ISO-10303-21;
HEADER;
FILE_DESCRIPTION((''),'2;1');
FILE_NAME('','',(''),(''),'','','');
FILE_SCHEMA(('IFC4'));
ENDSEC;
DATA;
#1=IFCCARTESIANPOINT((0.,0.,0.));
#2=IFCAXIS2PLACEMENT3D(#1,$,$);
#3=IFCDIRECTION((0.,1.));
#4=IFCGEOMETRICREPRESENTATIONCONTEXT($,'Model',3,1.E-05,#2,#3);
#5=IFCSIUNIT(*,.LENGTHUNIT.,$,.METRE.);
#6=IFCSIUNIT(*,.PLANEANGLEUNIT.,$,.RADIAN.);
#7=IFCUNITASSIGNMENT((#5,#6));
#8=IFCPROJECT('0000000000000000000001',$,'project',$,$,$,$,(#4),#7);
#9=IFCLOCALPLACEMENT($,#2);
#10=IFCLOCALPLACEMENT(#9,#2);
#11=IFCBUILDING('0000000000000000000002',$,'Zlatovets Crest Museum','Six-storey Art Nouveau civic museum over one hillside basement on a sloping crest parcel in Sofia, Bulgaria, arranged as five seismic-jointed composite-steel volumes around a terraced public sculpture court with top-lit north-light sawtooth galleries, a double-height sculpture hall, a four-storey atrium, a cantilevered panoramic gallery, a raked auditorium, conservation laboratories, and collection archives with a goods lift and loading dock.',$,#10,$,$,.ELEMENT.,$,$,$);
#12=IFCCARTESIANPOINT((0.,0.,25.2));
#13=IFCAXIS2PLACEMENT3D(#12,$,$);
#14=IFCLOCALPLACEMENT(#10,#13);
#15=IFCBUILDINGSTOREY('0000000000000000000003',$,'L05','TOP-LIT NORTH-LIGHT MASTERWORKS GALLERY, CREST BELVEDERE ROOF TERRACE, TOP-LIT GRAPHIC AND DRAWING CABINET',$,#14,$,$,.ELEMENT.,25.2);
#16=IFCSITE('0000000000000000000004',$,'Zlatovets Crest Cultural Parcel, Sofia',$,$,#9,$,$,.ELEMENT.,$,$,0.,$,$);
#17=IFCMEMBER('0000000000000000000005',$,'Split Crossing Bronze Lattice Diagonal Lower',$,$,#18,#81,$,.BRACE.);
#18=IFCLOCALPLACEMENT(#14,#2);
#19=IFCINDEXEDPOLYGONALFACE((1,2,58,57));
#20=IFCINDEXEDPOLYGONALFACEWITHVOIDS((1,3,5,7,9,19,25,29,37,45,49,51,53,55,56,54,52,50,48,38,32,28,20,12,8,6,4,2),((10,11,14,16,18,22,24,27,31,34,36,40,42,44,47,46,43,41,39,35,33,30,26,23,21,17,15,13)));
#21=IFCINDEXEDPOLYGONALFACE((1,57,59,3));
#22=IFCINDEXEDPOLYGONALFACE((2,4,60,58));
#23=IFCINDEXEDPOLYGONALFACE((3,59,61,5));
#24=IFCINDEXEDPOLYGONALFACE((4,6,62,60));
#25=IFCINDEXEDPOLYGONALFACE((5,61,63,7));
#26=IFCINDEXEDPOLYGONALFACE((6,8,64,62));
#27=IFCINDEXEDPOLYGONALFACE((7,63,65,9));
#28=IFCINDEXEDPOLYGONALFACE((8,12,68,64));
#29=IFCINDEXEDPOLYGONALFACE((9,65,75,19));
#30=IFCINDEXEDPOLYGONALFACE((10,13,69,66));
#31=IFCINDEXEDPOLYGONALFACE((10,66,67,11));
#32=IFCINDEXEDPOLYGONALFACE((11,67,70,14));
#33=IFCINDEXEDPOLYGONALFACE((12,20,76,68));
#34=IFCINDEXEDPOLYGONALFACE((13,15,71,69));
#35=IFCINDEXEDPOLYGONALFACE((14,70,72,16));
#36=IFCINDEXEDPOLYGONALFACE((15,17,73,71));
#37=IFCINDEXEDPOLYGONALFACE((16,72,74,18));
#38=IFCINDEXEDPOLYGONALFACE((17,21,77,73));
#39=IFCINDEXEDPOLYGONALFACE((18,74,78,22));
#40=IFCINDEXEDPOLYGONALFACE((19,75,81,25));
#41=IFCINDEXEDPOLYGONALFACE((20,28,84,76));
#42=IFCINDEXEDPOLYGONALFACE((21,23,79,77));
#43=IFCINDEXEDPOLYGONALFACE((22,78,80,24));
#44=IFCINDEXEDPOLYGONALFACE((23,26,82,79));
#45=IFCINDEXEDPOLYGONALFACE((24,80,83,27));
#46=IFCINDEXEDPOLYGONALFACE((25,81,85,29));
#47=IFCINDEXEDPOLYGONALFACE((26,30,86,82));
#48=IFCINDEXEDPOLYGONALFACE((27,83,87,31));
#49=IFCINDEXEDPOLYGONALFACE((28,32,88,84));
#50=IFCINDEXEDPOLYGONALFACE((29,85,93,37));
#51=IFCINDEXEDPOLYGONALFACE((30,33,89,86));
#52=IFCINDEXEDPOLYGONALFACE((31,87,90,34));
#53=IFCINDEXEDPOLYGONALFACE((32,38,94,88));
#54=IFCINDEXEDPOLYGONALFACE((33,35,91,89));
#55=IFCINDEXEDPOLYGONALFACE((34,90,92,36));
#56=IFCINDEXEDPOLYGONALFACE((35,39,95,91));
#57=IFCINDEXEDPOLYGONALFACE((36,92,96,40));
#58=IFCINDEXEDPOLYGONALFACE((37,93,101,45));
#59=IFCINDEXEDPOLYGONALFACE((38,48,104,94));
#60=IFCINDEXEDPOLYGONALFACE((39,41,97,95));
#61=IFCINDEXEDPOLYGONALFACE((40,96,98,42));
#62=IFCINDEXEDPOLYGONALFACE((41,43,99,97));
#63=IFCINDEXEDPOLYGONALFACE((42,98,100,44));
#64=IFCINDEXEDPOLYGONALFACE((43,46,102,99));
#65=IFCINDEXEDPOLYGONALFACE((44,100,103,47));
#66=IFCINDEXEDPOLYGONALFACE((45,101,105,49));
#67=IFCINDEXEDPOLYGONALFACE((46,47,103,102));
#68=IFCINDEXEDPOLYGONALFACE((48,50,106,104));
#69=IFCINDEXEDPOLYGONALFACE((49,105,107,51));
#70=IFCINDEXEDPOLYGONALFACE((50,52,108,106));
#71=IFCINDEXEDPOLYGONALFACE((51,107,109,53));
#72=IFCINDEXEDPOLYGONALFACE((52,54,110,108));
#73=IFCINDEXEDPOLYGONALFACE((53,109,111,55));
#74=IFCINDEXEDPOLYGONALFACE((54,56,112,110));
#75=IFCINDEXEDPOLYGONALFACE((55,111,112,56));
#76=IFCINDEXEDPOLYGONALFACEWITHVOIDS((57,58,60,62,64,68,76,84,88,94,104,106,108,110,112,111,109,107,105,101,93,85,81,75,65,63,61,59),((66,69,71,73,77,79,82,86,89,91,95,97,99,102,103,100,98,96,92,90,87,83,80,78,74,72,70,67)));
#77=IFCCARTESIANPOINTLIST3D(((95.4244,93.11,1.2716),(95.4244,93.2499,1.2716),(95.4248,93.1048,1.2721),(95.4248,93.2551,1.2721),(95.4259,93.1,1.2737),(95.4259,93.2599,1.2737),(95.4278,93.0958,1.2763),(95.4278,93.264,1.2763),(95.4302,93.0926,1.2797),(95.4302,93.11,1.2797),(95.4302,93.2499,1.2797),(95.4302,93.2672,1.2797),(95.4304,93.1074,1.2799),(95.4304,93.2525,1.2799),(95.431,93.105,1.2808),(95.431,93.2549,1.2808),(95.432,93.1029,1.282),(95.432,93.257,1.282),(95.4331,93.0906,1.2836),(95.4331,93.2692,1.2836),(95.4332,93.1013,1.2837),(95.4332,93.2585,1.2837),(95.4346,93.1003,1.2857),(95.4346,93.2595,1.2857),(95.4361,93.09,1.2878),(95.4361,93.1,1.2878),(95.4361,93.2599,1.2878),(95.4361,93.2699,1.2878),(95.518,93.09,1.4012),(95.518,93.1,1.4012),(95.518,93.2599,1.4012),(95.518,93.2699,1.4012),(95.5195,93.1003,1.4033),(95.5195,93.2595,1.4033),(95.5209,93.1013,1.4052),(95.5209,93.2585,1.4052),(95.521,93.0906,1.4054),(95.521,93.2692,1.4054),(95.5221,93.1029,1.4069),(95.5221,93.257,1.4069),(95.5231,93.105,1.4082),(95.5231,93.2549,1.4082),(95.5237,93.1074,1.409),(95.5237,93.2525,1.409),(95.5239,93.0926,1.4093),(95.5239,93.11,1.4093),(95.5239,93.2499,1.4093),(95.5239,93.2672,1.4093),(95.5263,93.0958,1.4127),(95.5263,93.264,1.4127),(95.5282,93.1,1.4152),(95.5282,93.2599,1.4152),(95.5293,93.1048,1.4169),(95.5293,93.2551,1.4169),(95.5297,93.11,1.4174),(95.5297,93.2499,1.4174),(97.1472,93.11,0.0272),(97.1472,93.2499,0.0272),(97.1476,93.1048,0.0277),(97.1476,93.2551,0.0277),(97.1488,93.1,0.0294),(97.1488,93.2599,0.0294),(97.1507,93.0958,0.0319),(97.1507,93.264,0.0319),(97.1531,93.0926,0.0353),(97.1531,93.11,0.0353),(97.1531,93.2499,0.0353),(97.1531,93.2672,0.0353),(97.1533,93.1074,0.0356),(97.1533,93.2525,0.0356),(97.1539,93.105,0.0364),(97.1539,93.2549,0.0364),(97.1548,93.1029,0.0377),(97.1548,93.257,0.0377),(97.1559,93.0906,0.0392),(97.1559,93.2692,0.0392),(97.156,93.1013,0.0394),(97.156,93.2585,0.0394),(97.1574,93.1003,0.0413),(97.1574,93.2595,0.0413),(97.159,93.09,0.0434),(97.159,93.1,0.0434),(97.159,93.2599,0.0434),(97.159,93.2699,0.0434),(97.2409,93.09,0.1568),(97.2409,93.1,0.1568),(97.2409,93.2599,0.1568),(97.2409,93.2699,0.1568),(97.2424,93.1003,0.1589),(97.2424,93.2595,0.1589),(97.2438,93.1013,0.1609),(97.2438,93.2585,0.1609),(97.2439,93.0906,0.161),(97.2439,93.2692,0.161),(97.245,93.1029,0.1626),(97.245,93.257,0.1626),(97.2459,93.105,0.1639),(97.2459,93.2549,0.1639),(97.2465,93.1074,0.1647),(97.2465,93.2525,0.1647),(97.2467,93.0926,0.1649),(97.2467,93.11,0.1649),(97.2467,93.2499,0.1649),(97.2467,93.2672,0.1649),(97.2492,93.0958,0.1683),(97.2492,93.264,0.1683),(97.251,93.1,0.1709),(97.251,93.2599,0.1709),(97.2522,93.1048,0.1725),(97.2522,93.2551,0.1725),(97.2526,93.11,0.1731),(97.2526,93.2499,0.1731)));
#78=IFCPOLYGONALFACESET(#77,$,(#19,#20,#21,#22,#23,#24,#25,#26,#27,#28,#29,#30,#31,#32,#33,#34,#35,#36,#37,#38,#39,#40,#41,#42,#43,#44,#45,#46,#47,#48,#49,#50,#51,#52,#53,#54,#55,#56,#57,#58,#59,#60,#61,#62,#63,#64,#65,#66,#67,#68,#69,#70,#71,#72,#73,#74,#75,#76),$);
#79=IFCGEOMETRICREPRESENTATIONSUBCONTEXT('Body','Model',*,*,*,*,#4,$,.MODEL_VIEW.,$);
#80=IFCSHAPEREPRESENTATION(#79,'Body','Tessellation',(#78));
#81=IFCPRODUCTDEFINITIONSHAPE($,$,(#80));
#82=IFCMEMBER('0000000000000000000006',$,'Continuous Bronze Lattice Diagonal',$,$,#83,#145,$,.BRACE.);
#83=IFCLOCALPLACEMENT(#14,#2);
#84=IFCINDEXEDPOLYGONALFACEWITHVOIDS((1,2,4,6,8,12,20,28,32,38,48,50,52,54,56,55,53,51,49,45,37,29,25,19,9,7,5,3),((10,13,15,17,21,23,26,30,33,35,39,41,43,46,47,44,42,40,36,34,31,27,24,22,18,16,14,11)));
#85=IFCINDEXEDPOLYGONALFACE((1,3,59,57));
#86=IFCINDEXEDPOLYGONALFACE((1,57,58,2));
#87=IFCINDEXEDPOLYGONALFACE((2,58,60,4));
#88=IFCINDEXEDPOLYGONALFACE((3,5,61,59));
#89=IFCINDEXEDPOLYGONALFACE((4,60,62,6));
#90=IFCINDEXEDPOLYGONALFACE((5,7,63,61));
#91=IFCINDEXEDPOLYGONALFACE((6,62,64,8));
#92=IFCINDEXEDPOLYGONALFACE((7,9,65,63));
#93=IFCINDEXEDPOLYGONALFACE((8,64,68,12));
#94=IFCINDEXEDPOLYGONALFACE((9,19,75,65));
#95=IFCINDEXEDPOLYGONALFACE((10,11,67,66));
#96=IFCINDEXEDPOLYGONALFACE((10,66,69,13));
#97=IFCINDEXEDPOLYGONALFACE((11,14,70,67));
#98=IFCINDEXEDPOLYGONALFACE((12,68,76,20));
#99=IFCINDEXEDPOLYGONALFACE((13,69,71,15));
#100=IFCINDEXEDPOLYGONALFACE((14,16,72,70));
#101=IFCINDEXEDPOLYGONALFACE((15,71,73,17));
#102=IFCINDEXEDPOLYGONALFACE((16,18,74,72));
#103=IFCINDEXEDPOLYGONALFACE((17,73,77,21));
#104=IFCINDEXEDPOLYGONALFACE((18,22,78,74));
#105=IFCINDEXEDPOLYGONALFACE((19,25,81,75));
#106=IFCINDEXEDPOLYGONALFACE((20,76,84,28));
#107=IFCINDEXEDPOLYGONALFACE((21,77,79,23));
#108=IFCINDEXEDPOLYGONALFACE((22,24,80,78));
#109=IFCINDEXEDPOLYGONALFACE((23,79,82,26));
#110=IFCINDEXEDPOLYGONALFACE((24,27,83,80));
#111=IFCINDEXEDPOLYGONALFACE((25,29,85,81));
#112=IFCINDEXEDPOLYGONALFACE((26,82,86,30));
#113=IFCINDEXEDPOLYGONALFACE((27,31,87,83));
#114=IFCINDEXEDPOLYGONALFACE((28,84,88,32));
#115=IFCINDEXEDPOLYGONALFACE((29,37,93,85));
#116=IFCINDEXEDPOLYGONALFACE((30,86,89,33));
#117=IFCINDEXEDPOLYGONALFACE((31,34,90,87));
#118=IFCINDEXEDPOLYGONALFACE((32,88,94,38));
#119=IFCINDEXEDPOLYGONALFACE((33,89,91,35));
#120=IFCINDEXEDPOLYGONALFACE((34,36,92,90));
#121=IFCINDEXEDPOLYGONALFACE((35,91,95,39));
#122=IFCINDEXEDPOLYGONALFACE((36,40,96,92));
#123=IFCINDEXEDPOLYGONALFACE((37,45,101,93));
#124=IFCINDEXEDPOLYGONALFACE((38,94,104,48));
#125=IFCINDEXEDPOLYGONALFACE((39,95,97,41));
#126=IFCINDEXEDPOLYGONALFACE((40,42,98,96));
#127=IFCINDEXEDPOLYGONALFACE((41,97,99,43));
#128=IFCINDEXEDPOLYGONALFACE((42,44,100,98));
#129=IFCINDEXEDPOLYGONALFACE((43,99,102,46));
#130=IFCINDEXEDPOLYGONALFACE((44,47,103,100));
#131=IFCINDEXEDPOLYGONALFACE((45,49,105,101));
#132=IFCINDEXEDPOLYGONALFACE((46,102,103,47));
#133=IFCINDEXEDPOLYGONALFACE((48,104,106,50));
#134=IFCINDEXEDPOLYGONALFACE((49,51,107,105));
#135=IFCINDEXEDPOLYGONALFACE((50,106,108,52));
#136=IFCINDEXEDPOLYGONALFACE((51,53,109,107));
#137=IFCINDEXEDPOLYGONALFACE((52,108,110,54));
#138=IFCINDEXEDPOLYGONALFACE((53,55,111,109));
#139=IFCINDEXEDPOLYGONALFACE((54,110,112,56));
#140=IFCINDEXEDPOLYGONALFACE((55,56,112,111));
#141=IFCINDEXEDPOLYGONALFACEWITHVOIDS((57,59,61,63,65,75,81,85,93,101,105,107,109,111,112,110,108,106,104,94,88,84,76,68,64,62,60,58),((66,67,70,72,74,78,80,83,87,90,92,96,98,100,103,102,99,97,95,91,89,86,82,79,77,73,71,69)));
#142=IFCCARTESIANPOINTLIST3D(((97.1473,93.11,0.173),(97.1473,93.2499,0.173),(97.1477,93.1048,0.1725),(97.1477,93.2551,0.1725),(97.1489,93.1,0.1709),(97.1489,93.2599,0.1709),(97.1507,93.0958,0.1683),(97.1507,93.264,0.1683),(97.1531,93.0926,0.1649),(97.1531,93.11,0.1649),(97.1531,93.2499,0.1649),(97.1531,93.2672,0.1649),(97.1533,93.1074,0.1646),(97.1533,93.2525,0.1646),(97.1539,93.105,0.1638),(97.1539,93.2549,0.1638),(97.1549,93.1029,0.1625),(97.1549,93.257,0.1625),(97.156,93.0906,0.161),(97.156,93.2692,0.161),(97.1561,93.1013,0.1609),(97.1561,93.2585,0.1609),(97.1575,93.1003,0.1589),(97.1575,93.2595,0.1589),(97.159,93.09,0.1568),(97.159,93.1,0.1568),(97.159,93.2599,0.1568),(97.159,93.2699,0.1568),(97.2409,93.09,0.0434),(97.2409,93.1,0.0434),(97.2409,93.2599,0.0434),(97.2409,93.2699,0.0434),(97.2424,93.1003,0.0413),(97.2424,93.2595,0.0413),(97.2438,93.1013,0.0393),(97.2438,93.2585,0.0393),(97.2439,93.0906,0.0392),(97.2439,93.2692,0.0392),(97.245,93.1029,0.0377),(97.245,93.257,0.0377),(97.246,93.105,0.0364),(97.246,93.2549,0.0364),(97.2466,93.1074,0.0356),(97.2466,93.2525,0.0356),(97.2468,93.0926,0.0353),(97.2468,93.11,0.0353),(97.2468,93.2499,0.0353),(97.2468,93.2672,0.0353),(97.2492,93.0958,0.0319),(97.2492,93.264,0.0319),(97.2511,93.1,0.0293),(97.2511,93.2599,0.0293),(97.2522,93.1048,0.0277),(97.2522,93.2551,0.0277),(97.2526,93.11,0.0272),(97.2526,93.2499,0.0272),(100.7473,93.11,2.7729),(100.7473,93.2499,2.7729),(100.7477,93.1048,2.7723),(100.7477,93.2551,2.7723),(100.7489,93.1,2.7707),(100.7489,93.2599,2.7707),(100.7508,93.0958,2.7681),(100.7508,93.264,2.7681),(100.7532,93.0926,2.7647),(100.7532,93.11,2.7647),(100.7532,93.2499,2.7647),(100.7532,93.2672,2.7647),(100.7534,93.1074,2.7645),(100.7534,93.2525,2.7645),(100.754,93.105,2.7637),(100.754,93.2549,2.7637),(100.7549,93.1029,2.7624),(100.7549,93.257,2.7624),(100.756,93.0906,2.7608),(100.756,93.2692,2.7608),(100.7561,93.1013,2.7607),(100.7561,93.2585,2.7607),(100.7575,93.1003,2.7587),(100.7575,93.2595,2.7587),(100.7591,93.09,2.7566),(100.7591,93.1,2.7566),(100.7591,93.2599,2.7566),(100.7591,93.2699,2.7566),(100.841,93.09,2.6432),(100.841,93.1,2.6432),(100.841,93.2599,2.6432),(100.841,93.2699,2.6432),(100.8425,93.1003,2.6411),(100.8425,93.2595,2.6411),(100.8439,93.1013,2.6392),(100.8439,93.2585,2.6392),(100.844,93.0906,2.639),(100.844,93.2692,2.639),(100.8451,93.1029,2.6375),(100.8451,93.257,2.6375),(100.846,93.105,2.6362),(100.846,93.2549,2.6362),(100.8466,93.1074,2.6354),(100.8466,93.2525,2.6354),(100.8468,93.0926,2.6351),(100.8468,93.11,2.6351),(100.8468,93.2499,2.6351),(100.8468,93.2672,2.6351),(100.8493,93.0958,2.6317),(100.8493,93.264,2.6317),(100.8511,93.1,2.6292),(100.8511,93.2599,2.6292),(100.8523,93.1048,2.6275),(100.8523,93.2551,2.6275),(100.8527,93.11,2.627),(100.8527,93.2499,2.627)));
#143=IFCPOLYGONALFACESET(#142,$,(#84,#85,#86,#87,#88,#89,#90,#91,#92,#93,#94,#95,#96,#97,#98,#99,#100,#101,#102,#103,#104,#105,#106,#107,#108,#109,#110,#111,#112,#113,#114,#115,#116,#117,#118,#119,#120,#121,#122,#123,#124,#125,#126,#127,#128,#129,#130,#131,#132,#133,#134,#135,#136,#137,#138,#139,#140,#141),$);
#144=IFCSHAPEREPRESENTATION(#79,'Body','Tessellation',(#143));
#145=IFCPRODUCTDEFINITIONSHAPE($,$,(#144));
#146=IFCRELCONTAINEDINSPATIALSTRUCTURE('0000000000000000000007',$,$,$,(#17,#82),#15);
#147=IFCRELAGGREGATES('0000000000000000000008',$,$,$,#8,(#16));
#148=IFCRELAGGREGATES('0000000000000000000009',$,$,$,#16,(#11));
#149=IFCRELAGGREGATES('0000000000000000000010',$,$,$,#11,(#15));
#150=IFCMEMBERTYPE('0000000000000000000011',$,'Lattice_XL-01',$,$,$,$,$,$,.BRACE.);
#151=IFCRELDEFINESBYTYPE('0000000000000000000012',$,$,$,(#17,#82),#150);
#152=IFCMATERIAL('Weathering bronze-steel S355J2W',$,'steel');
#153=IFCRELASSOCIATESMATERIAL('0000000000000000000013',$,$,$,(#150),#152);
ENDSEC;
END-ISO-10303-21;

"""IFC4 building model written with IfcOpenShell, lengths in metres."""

from ifc_helpers import new_model, si_unit, direction, frame, origin, origin_2d, place, context, subcontext, project, spatial, hollow_rectangle, extrude, material, material_profile, profile_set, type_object, element, save


model = new_model("IFC4")

# Units and contexts
model_context = context("Model", 3, precision=1e-05, world=origin(), true_north=direction((0.0, 1.0)))
body_context = subcontext(model_context, "Body", "Model", "MODEL_VIEW")
ifc_project = project(units=[si_unit("LENGTHUNIT", "METRE"), si_unit("PLANEANGLEUNIT", "RADIAN")], contexts=[model_context])

# Site, building, storey
site_placement = place(None, origin())
site = spatial("IfcSite", under=ifc_project, at=site_placement, Name="Zlatovets Crest Cultural Parcel, Sofia", CompositionType="ELEMENT", RefElevation=0.0)
building_placement = place(site_placement, origin())
building = spatial("IfcBuilding", under=site, at=building_placement, Name="Zlatovets Crest Museum", Description="Six-storey Art Nouveau civic museum over one hillside basement on a sloping crest parcel in Sofia, Bulgaria, arranged as five seismic-jointed composite-steel volumes around a terraced public sculpture court with top-lit north-light sawtooth galleries, a double-height sculpture hall, a four-storey atrium, a cantilevered panoramic gallery, a raked auditorium, conservation laboratories, and collection archives with a goods lift and loading dock.", CompositionType="ELEMENT")
storey_placement = place(building_placement, frame((0.0, 0.0, 25.2)))
storey = spatial("IfcBuildingStorey", under=building, at=storey_placement, Name="L05", Description="TOP-LIT NORTH-LIGHT MASTERWORKS GALLERY, CREST BELVEDERE ROOF TERRACE, TOP-LIT GRAPHIC AND DRAWING CABINET", CompositionType="ELEMENT", Elevation=25.2)

# Members
ifc_material_1 = material(Name="Weathering bronze-steel S355J2W", Category="steel")
ifc_material_profile_1 = material_profile(ifc_material_1, hollow_rectangle(XDim=0.1799, YDim=0.1799, WallThickness=0.01, InnerFilletRadius=0.01, OuterFilletRadius=0.02, at=origin_2d()), Name="SHS 180x180x10.0")
ifc_profile_set_1 = profile_set([ifc_material_profile_1], Name="Weathering bronze-steel S355J2W")
member_type_1 = type_object("IfcMemberType", Name="Lattice_XL-01", PredefinedType="BRACE", material=ifc_profile_set_1)
for number, where, z_axis, x_axis, name in (
    (1, (95.4771, 93.1799, 1.3445), (0.810664, 0.0, -0.585512), (0.0, 1.0, 0.0), "Split Crossing Bronze Lattice Diagonal Lower"),
):
    element("IfcMember", number, at=place(storey_placement, frame(where, z_axis=z_axis, x_axis=x_axis)), inside=storey, type_object=member_type_1, Name=name, PredefinedType="BRACE", context=body_context, shape_type="SweptSolid", body=[
        extrude(hollow_rectangle(XDim=0.1799, YDim=0.1799, WallThickness=0.01, InnerFilletRadius=0.01, OuterFilletRadius=0.02, at=origin_2d()), origin(), (0.0, 0.0, 1.0), 2.1252),
    ])
member_1_placement = place(storey_placement, frame((97.2, 93.1799, 0.1001), z_axis=(0.810702, 0.0, 0.585458), x_axis=(0.0, 1.0, 0.0)))
element("IfcMember", 2, at=member_1_placement, inside=storey, type_object=member_type_1, Name="Continuous Bronze Lattice Diagonal", PredefinedType="BRACE", context=body_context, shape_type="SweptSolid", body=[
    extrude(hollow_rectangle(XDim=0.1799, YDim=0.1799, WallThickness=0.01, InnerFilletRadius=0.01, OuterFilletRadius=0.02, at=origin_2d()), origin(), (0.0, 0.0, 1.0), 4.4407),
])

save(model, "model.ifc")
